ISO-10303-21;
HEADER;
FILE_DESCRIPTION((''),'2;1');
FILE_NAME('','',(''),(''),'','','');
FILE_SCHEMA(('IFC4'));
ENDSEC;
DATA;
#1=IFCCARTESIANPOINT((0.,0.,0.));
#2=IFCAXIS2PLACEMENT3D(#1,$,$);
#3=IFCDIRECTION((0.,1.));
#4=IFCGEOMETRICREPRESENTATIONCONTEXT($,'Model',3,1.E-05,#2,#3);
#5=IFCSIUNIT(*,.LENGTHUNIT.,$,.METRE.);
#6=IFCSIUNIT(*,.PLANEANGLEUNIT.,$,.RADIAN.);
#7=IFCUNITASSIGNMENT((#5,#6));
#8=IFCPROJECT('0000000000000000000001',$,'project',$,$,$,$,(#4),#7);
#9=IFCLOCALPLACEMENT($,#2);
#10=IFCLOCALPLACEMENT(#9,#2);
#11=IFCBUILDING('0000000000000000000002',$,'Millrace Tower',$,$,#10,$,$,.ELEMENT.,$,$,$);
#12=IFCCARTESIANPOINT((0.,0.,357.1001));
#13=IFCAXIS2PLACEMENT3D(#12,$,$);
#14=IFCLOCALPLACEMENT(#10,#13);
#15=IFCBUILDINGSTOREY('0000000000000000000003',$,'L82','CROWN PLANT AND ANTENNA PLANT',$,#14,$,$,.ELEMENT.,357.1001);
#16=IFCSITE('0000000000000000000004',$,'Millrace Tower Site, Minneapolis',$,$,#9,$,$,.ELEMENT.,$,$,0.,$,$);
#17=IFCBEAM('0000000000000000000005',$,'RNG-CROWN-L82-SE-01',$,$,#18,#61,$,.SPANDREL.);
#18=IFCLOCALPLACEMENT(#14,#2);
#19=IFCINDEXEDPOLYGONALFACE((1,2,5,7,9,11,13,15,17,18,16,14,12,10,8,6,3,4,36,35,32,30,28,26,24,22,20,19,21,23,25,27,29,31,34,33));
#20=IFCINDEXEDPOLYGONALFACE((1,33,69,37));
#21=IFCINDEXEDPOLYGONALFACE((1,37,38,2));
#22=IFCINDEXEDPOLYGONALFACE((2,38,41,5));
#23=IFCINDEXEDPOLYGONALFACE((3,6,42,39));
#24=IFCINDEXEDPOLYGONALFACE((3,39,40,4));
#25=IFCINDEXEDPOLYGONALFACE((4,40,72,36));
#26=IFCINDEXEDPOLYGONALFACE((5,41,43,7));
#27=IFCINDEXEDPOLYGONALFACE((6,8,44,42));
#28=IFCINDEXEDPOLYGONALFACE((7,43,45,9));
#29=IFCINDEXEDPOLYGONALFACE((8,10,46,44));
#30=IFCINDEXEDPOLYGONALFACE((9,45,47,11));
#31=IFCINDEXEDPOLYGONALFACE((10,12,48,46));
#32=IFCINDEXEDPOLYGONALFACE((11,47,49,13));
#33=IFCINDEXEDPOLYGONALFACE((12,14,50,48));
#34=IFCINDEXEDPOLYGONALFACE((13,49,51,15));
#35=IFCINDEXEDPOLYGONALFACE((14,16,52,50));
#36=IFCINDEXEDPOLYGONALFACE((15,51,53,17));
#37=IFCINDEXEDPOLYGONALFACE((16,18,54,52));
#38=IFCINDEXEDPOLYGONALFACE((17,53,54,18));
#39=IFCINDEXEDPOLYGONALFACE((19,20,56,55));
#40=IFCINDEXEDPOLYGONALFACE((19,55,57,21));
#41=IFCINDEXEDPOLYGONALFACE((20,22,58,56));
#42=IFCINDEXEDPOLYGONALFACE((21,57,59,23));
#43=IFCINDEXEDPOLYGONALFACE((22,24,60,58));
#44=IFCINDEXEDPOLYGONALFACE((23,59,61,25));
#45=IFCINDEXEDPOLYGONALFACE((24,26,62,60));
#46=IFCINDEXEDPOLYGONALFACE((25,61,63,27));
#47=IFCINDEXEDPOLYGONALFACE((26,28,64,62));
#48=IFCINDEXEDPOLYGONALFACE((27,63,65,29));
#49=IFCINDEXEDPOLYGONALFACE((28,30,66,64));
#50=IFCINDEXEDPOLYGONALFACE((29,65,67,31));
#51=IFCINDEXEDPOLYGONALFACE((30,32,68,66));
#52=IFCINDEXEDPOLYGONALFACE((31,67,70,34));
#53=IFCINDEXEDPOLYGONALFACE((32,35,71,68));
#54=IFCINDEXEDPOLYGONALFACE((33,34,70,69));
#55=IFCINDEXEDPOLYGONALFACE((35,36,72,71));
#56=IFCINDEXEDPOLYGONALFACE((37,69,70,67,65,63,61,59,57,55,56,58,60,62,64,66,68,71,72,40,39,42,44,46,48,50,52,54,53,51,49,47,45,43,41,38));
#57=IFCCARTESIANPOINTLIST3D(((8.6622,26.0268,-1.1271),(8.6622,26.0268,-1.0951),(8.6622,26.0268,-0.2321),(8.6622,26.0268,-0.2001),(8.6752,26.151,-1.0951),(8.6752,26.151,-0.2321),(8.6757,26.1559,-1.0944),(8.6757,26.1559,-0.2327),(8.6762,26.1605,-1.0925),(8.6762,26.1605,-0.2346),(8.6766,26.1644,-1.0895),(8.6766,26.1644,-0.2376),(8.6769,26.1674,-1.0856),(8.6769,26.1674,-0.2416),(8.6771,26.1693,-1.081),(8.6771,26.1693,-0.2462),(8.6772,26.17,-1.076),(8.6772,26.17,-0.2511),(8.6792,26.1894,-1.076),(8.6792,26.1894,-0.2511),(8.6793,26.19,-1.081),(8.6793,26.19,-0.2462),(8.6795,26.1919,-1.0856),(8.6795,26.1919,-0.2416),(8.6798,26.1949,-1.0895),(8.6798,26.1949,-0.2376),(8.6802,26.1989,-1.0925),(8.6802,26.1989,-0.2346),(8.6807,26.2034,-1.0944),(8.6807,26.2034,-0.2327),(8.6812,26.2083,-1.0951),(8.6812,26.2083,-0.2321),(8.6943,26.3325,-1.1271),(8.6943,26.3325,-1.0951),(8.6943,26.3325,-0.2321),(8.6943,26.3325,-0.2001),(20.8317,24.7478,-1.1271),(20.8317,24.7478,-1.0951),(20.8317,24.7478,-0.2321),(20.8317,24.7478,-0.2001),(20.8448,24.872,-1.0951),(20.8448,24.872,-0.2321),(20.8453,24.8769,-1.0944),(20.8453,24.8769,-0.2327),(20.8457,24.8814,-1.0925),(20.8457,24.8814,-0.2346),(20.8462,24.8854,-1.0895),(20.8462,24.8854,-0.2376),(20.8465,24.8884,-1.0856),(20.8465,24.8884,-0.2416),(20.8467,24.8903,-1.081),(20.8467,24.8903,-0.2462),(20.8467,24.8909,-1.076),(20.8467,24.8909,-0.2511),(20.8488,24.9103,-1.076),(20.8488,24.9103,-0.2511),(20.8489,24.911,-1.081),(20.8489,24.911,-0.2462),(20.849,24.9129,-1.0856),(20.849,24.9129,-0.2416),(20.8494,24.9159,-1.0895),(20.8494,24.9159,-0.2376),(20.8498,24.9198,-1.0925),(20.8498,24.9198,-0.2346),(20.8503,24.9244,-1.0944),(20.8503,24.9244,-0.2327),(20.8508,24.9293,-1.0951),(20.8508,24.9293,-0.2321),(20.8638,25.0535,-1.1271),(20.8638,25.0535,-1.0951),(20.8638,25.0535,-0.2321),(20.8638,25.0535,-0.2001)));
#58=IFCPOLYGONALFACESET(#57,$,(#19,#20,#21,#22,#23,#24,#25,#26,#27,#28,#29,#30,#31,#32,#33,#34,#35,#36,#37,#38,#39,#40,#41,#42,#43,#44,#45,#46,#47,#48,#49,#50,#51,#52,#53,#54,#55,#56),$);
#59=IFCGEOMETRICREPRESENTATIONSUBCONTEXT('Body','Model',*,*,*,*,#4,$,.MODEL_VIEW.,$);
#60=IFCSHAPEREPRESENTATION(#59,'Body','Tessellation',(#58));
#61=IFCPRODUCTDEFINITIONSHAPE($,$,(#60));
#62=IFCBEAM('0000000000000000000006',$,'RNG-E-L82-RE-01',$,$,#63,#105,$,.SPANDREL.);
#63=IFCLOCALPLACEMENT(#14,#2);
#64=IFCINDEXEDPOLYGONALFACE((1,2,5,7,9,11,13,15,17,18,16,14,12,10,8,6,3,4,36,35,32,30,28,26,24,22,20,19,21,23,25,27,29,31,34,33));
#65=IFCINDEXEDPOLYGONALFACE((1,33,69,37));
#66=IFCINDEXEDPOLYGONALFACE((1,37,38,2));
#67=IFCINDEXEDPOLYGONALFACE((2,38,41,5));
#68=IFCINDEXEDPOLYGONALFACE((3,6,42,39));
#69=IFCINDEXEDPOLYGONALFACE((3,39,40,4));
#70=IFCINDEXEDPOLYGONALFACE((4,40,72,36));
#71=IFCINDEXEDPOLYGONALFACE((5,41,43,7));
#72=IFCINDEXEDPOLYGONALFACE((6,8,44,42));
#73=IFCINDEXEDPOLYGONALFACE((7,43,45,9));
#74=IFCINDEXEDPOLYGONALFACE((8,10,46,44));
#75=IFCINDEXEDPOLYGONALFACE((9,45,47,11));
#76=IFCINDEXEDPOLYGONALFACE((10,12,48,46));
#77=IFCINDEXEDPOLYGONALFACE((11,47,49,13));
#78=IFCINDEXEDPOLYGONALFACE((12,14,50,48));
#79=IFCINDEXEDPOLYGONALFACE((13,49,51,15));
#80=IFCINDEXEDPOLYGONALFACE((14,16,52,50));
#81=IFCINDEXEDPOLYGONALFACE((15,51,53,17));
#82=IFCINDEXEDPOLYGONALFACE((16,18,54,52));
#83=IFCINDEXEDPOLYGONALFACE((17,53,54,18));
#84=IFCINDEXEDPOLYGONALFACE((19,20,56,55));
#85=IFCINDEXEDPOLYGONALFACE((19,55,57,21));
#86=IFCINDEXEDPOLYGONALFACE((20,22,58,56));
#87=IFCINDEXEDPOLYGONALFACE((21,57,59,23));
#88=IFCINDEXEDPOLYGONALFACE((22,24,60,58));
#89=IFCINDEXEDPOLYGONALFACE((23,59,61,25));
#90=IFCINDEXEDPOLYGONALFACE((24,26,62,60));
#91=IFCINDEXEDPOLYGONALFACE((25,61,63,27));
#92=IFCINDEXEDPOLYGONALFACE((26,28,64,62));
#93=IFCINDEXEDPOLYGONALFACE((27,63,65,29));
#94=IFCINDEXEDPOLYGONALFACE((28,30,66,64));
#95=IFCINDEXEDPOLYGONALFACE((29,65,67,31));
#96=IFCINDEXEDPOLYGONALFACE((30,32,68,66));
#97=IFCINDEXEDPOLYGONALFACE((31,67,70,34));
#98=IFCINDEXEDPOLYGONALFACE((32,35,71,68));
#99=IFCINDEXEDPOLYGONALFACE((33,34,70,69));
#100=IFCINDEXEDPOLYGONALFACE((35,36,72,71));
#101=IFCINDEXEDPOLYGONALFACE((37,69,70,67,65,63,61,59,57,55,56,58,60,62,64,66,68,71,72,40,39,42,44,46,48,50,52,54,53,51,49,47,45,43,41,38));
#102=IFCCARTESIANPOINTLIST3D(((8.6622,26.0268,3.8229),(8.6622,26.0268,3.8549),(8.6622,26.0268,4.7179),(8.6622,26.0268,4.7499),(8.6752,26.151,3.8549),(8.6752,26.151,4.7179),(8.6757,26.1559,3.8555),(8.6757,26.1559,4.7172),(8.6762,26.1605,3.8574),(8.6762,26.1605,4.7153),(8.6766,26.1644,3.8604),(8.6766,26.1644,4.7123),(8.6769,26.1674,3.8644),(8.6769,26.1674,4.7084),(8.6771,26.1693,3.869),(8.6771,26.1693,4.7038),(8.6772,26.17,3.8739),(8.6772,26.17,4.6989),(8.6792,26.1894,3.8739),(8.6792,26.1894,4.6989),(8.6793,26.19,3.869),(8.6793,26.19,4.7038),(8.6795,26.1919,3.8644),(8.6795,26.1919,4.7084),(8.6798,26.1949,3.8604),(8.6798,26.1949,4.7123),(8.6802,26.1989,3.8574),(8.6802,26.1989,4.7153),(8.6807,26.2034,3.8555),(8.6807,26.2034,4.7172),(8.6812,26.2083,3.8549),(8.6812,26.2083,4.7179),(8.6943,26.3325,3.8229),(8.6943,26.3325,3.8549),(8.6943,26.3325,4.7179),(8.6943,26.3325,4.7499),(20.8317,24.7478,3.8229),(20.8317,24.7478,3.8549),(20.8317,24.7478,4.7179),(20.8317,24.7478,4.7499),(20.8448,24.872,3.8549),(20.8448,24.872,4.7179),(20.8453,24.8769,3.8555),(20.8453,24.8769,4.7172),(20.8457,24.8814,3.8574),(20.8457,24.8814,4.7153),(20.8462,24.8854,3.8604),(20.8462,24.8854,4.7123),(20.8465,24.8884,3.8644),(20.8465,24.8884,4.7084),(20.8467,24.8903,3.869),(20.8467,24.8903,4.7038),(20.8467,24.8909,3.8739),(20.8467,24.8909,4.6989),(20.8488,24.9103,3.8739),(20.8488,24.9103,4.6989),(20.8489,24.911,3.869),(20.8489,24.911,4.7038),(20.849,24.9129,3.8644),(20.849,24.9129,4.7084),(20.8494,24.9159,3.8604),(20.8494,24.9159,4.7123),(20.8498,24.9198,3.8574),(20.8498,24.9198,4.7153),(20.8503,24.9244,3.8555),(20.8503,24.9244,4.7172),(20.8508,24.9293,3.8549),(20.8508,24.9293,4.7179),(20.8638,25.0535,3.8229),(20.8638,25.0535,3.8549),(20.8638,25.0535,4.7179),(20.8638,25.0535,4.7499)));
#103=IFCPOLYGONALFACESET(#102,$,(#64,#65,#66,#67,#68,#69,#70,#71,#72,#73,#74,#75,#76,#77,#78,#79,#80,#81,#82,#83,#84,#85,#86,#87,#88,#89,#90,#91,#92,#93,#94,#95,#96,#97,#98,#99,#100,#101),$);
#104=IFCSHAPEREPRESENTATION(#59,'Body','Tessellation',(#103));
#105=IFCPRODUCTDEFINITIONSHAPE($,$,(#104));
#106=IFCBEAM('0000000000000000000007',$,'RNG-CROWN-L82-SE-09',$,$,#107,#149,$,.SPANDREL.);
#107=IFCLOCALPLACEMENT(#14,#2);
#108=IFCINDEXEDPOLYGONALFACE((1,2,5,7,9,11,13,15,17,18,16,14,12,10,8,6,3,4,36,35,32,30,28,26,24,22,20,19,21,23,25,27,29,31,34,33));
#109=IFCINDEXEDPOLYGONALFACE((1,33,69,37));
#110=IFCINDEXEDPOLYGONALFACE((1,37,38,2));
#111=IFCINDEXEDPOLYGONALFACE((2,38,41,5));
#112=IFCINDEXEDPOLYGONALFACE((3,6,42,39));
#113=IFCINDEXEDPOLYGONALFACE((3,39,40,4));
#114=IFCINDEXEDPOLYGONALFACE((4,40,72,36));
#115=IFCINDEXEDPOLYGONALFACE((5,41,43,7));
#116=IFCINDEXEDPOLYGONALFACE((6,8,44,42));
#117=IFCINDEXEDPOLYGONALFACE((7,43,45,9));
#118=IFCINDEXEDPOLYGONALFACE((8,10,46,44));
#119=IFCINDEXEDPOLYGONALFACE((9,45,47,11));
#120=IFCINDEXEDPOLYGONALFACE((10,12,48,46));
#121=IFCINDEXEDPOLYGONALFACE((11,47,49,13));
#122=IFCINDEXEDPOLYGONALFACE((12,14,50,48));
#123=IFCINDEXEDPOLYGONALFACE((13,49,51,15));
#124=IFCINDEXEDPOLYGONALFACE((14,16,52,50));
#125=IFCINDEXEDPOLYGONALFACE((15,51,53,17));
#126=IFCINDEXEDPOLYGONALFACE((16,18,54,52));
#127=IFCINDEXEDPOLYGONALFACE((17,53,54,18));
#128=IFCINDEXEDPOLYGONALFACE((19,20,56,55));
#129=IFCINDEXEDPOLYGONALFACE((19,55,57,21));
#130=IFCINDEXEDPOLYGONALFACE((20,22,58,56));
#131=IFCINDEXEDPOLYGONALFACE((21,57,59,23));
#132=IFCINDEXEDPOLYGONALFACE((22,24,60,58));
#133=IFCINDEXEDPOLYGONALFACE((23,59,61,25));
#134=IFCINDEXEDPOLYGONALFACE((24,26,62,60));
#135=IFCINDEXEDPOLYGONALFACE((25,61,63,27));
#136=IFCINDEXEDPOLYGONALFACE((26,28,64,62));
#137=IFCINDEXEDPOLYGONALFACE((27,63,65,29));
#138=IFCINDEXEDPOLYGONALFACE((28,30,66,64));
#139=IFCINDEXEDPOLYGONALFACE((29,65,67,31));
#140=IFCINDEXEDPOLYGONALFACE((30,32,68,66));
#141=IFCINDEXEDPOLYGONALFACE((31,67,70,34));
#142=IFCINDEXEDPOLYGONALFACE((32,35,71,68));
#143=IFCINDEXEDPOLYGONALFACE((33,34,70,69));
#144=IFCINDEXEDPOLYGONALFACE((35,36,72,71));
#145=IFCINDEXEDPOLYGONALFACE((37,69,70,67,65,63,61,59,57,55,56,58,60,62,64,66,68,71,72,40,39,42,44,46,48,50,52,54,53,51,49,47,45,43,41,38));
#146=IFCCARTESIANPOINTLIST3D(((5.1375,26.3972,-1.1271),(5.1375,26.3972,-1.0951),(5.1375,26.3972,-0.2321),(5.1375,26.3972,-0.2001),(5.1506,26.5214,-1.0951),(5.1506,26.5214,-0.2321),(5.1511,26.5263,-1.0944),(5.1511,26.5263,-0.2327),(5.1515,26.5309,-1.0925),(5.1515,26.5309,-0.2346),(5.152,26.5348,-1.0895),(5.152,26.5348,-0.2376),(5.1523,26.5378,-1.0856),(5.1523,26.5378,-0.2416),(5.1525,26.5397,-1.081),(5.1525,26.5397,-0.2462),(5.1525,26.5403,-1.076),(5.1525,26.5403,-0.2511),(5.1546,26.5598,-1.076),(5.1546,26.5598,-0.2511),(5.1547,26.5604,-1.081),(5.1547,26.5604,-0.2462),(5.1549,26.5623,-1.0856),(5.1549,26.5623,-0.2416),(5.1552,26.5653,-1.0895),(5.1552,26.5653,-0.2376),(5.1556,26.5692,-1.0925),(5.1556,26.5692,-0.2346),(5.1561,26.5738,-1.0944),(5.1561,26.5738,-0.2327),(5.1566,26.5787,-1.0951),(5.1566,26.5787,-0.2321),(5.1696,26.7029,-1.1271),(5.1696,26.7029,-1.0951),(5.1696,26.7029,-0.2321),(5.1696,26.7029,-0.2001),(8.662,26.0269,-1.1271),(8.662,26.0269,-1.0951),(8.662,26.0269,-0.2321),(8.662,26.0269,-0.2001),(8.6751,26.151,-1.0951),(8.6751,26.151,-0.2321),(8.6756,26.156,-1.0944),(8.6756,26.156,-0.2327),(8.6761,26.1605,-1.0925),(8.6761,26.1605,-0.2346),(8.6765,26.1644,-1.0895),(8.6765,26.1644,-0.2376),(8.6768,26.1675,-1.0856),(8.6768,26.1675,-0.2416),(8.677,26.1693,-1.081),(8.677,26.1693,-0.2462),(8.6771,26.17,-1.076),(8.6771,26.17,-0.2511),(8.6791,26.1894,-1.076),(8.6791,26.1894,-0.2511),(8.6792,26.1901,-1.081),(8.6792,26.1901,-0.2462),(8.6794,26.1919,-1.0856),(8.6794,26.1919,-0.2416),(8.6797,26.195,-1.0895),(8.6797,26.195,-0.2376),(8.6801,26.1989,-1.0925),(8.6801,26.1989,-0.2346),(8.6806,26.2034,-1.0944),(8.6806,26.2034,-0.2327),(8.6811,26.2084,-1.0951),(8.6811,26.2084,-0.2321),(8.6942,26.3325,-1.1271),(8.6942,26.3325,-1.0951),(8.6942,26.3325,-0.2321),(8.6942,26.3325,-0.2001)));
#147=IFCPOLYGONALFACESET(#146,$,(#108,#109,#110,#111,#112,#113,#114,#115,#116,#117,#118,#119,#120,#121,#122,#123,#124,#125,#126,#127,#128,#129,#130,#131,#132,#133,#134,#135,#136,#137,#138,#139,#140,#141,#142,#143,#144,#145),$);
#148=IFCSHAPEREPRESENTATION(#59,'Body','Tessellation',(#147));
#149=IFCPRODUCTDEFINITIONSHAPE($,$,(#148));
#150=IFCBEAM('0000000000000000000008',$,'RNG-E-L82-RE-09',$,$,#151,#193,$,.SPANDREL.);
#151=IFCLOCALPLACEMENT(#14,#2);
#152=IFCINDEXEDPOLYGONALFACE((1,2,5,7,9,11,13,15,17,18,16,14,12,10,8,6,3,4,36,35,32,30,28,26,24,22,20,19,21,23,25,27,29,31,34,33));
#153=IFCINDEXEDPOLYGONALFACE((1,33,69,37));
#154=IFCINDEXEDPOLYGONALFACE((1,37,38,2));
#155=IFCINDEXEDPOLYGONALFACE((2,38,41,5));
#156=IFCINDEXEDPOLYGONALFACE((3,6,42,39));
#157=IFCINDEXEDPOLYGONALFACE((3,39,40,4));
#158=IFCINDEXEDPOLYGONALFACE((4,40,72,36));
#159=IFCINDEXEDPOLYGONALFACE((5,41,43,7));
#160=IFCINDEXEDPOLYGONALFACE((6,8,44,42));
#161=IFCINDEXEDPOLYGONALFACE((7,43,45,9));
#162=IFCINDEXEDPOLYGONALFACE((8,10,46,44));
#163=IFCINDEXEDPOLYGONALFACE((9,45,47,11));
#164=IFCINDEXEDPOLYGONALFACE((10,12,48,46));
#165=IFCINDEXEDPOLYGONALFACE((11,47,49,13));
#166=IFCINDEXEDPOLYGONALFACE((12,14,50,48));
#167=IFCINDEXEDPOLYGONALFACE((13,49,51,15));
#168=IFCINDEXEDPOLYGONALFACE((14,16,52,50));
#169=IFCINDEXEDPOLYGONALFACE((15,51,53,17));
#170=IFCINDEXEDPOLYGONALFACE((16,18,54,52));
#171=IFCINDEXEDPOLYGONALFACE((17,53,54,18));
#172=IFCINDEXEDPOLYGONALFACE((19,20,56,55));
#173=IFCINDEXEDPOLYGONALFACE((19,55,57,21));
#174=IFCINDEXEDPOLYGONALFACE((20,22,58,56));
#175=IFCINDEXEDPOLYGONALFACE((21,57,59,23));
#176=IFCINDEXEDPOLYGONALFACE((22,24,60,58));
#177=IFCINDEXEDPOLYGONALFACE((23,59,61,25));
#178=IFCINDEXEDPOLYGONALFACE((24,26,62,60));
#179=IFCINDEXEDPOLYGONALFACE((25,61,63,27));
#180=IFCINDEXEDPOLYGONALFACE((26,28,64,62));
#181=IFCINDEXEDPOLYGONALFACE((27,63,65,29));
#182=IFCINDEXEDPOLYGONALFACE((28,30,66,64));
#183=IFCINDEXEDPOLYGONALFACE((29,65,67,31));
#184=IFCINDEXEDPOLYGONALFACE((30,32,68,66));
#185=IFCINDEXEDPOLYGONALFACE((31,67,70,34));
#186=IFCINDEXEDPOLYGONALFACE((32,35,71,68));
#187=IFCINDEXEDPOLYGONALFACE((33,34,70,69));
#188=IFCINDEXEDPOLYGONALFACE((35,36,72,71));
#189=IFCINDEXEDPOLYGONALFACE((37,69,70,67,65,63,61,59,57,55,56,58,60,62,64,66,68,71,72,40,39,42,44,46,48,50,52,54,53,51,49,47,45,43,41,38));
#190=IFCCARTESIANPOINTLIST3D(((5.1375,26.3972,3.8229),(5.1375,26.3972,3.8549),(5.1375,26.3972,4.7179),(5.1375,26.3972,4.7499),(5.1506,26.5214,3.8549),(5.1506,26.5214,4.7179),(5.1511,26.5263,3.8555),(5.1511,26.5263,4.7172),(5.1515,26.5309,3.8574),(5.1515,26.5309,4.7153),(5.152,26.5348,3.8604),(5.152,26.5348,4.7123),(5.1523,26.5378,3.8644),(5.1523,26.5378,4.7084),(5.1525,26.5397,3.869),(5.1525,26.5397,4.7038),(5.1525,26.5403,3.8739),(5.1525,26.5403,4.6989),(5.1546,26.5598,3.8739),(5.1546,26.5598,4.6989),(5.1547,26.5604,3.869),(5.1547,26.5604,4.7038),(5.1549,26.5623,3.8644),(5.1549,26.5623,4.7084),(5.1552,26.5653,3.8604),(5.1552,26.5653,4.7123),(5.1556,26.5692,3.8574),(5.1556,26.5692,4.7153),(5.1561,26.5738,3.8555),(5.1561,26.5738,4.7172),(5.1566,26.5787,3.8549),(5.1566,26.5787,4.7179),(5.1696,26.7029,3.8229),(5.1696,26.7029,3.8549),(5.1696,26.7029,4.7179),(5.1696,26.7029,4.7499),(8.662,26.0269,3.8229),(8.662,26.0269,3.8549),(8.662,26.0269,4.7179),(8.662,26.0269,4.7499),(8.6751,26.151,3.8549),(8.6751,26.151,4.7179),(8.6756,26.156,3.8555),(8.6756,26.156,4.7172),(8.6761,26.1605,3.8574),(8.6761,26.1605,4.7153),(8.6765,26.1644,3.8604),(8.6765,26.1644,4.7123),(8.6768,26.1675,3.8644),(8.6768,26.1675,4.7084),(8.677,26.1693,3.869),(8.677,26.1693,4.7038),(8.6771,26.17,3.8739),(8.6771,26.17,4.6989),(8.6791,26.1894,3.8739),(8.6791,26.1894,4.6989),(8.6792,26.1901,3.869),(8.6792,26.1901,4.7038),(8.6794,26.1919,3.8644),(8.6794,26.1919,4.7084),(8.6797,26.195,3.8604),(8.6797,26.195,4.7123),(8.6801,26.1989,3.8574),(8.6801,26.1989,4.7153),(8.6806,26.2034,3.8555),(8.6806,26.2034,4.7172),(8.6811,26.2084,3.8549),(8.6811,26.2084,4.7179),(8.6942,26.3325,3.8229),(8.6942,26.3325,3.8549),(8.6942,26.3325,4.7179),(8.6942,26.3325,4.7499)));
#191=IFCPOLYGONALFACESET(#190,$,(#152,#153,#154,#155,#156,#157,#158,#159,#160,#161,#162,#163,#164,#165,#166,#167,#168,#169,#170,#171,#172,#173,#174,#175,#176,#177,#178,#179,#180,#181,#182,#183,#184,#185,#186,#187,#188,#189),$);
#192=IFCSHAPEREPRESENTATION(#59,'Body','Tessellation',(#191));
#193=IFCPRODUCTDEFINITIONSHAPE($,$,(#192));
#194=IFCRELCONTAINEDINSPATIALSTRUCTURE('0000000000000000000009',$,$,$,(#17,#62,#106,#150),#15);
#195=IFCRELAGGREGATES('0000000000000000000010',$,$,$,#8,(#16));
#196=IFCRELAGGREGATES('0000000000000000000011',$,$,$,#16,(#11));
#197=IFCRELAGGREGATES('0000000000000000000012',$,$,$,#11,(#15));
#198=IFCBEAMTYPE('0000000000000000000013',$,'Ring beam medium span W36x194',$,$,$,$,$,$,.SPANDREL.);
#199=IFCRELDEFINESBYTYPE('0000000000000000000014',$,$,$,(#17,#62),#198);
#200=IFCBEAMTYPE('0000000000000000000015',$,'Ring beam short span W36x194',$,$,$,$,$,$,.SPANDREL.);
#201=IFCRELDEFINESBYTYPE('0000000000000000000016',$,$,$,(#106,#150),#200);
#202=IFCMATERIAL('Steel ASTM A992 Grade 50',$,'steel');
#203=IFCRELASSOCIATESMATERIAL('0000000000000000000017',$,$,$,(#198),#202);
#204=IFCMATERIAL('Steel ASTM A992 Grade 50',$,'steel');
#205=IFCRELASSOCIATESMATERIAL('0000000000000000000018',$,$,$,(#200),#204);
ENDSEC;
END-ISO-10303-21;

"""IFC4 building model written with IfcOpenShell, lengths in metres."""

from ifc_helpers import new_model, si_unit, direction, frame, origin, origin_2d, place, context, subcontext, project, spatial, i_section, extrude, material, material_profile, profile_set, type_object, element, save


model = new_model("IFC4")

# Units and contexts
model_context = context("Model", 3, precision=1e-05, world=origin(), true_north=direction((0.0, 1.0)))
body_context = subcontext(model_context, "Body", "Model", "MODEL_VIEW")
ifc_project = project(units=[si_unit("LENGTHUNIT", "METRE"), si_unit("PLANEANGLEUNIT", "RADIAN")], contexts=[model_context])

# Site, building, storey
site_placement = place(None, origin())
site = spatial("IfcSite", under=ifc_project, at=site_placement, Name="Millrace Tower Site, Minneapolis", CompositionType="ELEMENT", RefElevation=0.0)
building_placement = place(site_placement, origin())
building = spatial("IfcBuilding", under=site, at=building_placement, Name="Millrace Tower", CompositionType="ELEMENT")
storey_placement = place(building_placement, frame((0.0, 0.0, 357.1001)))
storey = spatial("IfcBuildingStorey", under=building, at=storey_placement, Name="L82", Description="CROWN PLANT AND ANTENNA PLANT", CompositionType="ELEMENT", Elevation=357.1001)

# Beams
ifc_material_1 = material(Name="Steel ASTM A992 Grade 50", Category="steel")
ifc_material_profile_1 = material_profile(ifc_material_1, i_section(OverallWidth=0.3074, OverallDepth=0.927, WebThickness=0.0195, FlangeThickness=0.032, FilletRadius=0.019, at=origin_2d()))
ifc_profile_set_1 = profile_set([ifc_material_profile_1], Name="Steel ASTM A992 Grade 50")
beam_type_1 = type_object("IfcBeamType", Name="Ring beam medium span W36x194", PredefinedType="SPANDREL", material=ifc_profile_set_1)
for number, where, z_axis, x_axis, name in (
    (1, (8.6782, 26.1797, -0.6636), (0.994522, -0.104528, 0.0), (0.104528, 0.994522, 0.0), "RNG-CROWN-L82-SE-01"),
    (2, (8.6782, 26.1797, 4.2864), (0.994522, -0.104528, 0.0), (0.104528, 0.994522, 0.0), "RNG-E-L82-RE-01"),
):
    element("IfcBeam", number, at=place(storey_placement, frame(where, z_axis=z_axis, x_axis=x_axis)), inside=storey, type_object=beam_type_1, Name=name, PredefinedType="SPANDREL", context=body_context, shape_type="SweptSolid", body=[
        extrude(i_section(OverallWidth=0.3074, OverallDepth=0.927, WebThickness=0.0195, FlangeThickness=0.032, FilletRadius=0.019, at=origin_2d()), origin(), (0.0, 0.0, 1.0), 12.2366),
    ])
ifc_material_2 = material(Name="Steel ASTM A992 Grade 50", Category="steel")
ifc_material_profile_2 = material_profile(ifc_material_2, i_section(OverallWidth=0.3074, OverallDepth=0.927, WebThickness=0.0195, FlangeThickness=0.032, FilletRadius=0.019, at=origin_2d()))
ifc_profile_set_2 = profile_set([ifc_material_profile_2], Name="Steel ASTM A992 Grade 50")
beam_type_2 = type_object("IfcBeamType", Name="Ring beam short span W36x194", PredefinedType="SPANDREL", material=ifc_profile_set_2)
for number, where, z_axis, x_axis, name in (
    (3, (5.1536, 26.55, -0.6636), (0.994525, -0.104502, 0.0), (0.104502, 0.994525, 0.0), "RNG-CROWN-L82-SE-09"),
    (4, (5.1536, 26.55, 4.2864), (0.994525, -0.104502, 0.0), (0.104502, 0.994525, 0.0), "RNG-E-L82-RE-09"),
):
    element("IfcBeam", number, at=place(storey_placement, frame(where, z_axis=z_axis, x_axis=x_axis)), inside=storey, type_object=beam_type_2, Name=name, PredefinedType="SPANDREL", context=body_context, shape_type="SweptSolid", body=[
        extrude(i_section(OverallWidth=0.3074, OverallDepth=0.927, WebThickness=0.0195, FlangeThickness=0.032, FilletRadius=0.019, at=origin_2d()), origin(), (0.0, 0.0, 1.0), 3.5439),
    ])

save(model, "model.ifc")
